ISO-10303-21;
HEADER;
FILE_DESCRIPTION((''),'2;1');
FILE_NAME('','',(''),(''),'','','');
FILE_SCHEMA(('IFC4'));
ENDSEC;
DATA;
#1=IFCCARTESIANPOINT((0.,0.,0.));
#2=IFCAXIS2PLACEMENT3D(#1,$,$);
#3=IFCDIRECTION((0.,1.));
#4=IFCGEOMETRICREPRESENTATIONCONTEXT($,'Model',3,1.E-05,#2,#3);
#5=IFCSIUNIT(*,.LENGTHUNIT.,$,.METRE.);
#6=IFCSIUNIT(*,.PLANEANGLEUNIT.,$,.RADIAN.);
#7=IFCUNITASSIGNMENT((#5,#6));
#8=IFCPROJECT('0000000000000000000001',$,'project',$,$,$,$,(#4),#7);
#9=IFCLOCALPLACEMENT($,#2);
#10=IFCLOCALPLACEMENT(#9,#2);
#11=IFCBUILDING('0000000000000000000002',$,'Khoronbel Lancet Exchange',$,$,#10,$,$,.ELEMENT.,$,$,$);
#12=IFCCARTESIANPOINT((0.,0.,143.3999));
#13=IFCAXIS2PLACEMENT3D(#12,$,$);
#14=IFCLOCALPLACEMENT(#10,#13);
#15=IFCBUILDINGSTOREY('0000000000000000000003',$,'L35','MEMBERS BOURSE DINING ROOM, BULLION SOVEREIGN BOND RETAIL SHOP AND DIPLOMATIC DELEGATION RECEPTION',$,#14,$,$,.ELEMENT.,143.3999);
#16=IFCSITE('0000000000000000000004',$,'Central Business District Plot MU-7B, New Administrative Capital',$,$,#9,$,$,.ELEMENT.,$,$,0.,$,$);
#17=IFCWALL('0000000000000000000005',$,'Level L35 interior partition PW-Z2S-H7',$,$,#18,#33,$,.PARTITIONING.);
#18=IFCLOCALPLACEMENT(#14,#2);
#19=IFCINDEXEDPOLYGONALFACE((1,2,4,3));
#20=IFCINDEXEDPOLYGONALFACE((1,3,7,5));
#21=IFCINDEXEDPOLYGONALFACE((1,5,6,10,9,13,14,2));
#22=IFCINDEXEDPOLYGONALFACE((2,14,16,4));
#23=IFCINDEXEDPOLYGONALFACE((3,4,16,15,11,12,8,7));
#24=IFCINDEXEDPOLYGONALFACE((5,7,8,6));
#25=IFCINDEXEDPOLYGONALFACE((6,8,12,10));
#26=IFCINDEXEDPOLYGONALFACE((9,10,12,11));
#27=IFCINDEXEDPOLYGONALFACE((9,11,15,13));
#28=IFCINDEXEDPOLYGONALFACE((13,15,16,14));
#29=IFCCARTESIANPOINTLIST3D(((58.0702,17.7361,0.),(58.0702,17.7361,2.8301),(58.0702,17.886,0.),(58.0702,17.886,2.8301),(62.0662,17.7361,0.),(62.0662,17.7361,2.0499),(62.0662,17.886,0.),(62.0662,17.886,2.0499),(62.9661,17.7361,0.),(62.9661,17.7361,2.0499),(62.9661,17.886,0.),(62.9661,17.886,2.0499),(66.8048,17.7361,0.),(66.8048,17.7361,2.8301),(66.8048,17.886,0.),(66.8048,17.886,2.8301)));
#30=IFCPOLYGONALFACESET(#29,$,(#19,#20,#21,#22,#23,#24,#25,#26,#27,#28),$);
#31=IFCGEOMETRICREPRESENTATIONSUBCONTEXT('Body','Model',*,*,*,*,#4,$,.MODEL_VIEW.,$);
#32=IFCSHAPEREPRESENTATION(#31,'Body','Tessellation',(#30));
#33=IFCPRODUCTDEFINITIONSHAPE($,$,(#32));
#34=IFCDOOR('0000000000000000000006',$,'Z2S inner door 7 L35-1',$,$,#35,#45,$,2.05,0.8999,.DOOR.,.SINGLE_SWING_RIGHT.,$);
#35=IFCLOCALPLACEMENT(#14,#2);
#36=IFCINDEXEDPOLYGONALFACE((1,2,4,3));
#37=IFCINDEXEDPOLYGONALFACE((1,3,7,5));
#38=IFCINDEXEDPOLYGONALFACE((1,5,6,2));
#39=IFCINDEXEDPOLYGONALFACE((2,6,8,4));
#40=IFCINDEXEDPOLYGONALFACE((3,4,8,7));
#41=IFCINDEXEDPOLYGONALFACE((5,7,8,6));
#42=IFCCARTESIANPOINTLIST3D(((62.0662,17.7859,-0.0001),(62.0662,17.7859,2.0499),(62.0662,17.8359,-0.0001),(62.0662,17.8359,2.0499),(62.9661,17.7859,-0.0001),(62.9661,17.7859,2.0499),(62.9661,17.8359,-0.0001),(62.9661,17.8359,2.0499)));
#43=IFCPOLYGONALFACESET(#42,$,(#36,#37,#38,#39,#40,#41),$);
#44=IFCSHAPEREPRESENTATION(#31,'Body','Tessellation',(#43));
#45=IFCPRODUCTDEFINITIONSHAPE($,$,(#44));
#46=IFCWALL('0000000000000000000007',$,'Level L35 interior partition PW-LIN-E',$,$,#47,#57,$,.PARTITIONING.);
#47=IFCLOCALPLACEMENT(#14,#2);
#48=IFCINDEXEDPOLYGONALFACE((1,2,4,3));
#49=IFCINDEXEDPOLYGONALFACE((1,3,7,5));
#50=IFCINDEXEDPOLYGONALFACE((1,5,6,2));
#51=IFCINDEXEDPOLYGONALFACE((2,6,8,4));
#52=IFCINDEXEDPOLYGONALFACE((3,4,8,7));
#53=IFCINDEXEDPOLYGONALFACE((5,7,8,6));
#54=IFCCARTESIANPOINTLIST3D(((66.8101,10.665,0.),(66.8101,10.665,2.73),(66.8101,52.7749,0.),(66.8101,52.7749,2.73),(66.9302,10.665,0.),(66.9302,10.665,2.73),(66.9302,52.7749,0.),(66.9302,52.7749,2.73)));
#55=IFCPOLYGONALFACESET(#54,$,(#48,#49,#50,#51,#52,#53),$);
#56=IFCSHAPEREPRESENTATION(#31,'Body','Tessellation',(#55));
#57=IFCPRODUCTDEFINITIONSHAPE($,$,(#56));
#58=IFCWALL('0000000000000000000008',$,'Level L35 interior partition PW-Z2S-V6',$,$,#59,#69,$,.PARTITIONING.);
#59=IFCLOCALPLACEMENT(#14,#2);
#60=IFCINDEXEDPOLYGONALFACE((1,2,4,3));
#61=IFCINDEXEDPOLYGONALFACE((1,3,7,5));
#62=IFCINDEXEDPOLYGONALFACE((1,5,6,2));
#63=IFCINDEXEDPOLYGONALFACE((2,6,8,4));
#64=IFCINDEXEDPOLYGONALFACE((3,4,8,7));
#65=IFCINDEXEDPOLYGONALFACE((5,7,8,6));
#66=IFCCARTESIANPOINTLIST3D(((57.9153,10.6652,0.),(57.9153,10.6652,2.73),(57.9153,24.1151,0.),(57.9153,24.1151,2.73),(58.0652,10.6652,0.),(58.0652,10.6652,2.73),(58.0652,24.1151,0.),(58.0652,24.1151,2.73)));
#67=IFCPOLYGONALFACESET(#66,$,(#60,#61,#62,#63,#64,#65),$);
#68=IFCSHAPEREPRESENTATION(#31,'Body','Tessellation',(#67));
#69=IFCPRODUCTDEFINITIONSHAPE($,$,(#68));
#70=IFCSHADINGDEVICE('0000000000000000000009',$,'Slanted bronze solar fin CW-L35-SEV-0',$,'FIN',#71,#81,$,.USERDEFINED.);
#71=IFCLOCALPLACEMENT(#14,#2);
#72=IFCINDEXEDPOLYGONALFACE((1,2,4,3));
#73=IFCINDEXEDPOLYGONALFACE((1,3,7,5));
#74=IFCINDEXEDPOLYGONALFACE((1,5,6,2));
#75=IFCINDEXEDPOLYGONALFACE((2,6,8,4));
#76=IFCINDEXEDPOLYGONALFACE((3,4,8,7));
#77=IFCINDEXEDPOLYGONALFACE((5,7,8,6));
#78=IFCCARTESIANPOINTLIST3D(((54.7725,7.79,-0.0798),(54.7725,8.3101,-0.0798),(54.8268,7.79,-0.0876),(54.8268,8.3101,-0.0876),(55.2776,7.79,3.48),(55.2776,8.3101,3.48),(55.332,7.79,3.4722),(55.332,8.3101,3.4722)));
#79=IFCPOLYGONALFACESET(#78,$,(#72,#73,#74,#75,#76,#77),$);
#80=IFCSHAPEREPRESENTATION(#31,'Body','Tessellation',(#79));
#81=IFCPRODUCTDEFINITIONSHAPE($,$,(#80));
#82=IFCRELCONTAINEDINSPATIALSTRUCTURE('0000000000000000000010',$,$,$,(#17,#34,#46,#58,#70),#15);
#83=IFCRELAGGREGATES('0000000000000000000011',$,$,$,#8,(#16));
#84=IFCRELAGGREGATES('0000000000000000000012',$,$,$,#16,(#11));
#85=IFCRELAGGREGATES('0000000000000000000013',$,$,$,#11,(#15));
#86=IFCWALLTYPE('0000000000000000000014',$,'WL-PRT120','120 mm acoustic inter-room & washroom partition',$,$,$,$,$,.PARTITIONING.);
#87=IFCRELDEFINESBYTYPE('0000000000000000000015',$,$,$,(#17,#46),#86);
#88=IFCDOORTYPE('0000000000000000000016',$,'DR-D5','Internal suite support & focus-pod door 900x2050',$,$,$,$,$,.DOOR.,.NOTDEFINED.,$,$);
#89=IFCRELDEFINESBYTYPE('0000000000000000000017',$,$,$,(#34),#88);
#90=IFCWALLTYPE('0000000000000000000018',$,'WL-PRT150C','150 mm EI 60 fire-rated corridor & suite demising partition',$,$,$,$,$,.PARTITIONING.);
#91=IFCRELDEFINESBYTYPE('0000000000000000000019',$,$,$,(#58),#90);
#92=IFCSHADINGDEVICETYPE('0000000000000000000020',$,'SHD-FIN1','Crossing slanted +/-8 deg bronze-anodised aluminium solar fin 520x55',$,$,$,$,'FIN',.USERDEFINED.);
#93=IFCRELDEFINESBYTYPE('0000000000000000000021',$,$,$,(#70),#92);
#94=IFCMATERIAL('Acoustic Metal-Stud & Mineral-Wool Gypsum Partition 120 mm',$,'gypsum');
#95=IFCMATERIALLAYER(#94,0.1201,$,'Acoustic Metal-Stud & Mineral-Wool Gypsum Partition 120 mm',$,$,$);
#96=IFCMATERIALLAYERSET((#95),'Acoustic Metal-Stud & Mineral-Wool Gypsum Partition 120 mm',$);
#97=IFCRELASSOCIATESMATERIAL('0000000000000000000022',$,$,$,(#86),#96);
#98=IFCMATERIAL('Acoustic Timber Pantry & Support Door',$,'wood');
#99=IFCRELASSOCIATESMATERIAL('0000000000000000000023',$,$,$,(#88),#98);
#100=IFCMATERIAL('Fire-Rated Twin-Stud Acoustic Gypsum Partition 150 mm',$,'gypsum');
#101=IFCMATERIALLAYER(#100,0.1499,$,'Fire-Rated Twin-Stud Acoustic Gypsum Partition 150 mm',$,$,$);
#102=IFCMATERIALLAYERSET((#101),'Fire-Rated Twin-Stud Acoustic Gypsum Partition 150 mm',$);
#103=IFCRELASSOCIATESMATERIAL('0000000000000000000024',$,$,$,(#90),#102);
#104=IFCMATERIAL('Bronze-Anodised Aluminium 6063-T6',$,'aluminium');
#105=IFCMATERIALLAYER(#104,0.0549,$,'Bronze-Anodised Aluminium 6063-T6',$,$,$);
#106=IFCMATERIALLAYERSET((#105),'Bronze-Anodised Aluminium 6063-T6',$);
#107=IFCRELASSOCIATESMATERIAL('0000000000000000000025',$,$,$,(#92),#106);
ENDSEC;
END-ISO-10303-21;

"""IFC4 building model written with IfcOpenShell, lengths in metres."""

from ifc_helpers import new_model, si_unit, direction, frame, frame_2d, origin, place, context, subcontext, project, spatial, polyline, rectangle, outline, extrude, material, layer, layer_set, type_object, element, fill, save


model = new_model("IFC4")

# Units and contexts
model_context = context("Model", 3, precision=1e-05, world=origin(), true_north=direction((0.0, 1.0)))
body_context = subcontext(model_context, "Body", "Model", "MODEL_VIEW")
ifc_project = project(units=[si_unit("LENGTHUNIT", "METRE"), si_unit("PLANEANGLEUNIT", "RADIAN")], contexts=[model_context])

# Site, building, storey
site_placement = place(None, origin())
site = spatial("IfcSite", under=ifc_project, at=site_placement, Name="Central Business District Plot MU-7B, New Administrative Capital", CompositionType="ELEMENT", RefElevation=0.0)
building_placement = place(site_placement, origin())
building = spatial("IfcBuilding", under=site, at=building_placement, Name="Khoronbel Lancet Exchange", CompositionType="ELEMENT")
storey_placement = place(building_placement, frame((0.0, 0.0, 143.3999)))
storey = spatial("IfcBuildingStorey", under=building, at=storey_placement, Name="L35", Description="MEMBERS BOURSE DINING ROOM, BULLION SOVEREIGN BOND RETAIL SHOP AND DIPLOMATIC DELEGATION RECEPTION", CompositionType="ELEMENT", Elevation=143.3999)

# Shared definitions
ifc_material_1 = material(Name="Bronze-Anodised Aluminium 6063-T6", Category="aluminium")

# Wall, opening, door
ifc_material_2 = material(Name="Acoustic Metal-Stud & Mineral-Wool Gypsum Partition 120 mm", Category="gypsum")
ifc_layer_1 = layer(ifc_material_2, 0.1201, Name="Acoustic Metal-Stud & Mineral-Wool Gypsum Partition 120 mm")
ifc_layer_set_1 = layer_set([ifc_layer_1], Name="Acoustic Metal-Stud & Mineral-Wool Gypsum Partition 120 mm")
wall_type_1 = type_object("IfcWallType", Name="WL-PRT120", Description="120 mm acoustic inter-room & washroom partition", PredefinedType="PARTITIONING", material=ifc_layer_set_1)
wall_1_placement = place(storey_placement, frame((58.0703, 17.811, 0.0), z_axis=(0.0, 0.0, 1.0), x_axis=(1.0, 0.0, 0.0)))
wall_1 = element("IfcWall", 1, at=wall_1_placement, inside=storey, type_object=wall_type_1, Name="Level L35 interior partition PW-Z2S-H7", PredefinedType="PARTITIONING", context=body_context, shape_type="SweptSolid", body=[
    extrude(rectangle(XDim=8.7346, YDim=0.1499, at=frame_2d((4.3672, 0.0))), origin(), (0.0, 0.0, 1.0), 2.8301),
])
opening_placement = place(wall_1_placement, frame((3.9958, 0.0, 0.0)))
opening = element("IfcOpeningElement", 2, at=opening_placement, cuts=wall_1, PredefinedType="OPENING", context=body_context, shape_type="SweptSolid", body=[
    extrude(rectangle(XDim=0.8999, YDim=2.05, at=frame_2d((0.45, 1.0249))), frame((0.0, 0.085, 0.0), z_axis=(0.0, -1.0, 0.0), x_axis=(1.0, 0.0, 0.0)), (0.0, 0.0, 1.0), 0.1699),
])
ifc_material_3 = material(Name="Acoustic Timber Pantry & Support Door", Category="wood")
door_type = type_object("IfcDoorType", Name="DR-D5", Description="Internal suite support & focus-pod door 900x2050", OperationType="NOTDEFINED", PredefinedType="DOOR", material=ifc_material_3)
door_placement = place(opening_placement, origin())
door = element("IfcDoor", 3, at=door_placement, inside=storey, type_object=door_type, Name="Z2S inner door 7 L35-1", OperationType="SINGLE_SWING_RIGHT", OverallHeight=2.05, OverallWidth=0.8999, PredefinedType="DOOR", context=body_context, shape_type="SweptSolid", body=[
    extrude(rectangle(XDim=0.8999, YDim=2.05, at=frame_2d((0.45, 1.0249))), frame((0.0, 0.0249, 0.0), z_axis=(0.0, -1.0, 0.0), x_axis=(1.0, 0.0, 0.0)), (0.0, 0.0, 1.0), 0.05),
])
fill(opening, door)

# Walls
wall_2_placement = place(storey_placement, frame((66.8701, 10.665, 0.0), z_axis=(0.0, 0.0, 1.0), x_axis=(0.0, 1.0, 0.0)))
element("IfcWall", 4, at=wall_2_placement, inside=storey, type_object=wall_type_1, Name="Level L35 interior partition PW-LIN-E", PredefinedType="PARTITIONING", context=body_context, shape_type="SweptSolid", body=[
    extrude(rectangle(XDim=42.1099, YDim=0.1201, at=frame_2d((21.0549, 0.0))), origin(), (0.0, 0.0, 1.0), 2.73),
])
ifc_material_4 = material(Name="Fire-Rated Twin-Stud Acoustic Gypsum Partition 150 mm", Category="gypsum")
ifc_layer_2 = layer(ifc_material_4, 0.1499, Name="Fire-Rated Twin-Stud Acoustic Gypsum Partition 150 mm")
ifc_layer_set_2 = layer_set([ifc_layer_2], Name="Fire-Rated Twin-Stud Acoustic Gypsum Partition 150 mm")
wall_type_2 = type_object("IfcWallType", Name="WL-PRT150C", Description="150 mm EI 60 fire-rated corridor & suite demising partition", PredefinedType="PARTITIONING", material=ifc_layer_set_2)
wall_3_placement = place(storey_placement, frame((57.9902, 10.665, 0.0), z_axis=(0.0, 0.0, 1.0), x_axis=(0.0, 1.0, 0.0)))
element("IfcWall", 5, at=wall_3_placement, inside=storey, type_object=wall_type_2, Name="Level L35 interior partition PW-Z2S-V6", PredefinedType="PARTITIONING", context=body_context, shape_type="SweptSolid", body=[
    extrude(rectangle(XDim=13.45, YDim=0.1499, at=frame_2d((6.7251, 0.0))), origin(), (0.0, 0.0, 1.0), 2.73),
])

# Shading device
ifc_layer_3 = layer(ifc_material_1, 0.0549, Name="Bronze-Anodised Aluminium 6063-T6")
ifc_layer_set_3 = layer_set([ifc_layer_3], Name="Bronze-Anodised Aluminium 6063-T6")
shading_device_type = type_object("IfcShadingDeviceType", Name="SHD-FIN1", Description="Crossing slanted +/-8 deg bronze-anodised aluminium solar fin 520x55", ElementType="FIN", PredefinedType="USERDEFINED", material=ifc_layer_set_3)
shading_device_placement = place(storey_placement, frame((54.7725, 8.3101, -0.0798), z_axis=(-0.990082, 0.0, 0.14049), x_axis=(0.0, -1.0, 0.0)))
element("IfcShadingDevice", 6, at=shading_device_placement, inside=storey, type_object=shading_device_type, Name="Slanted bronze solar fin CW-L35-SEV-0", ObjectType="FIN", PredefinedType="USERDEFINED", context=body_context, shape_type="SweptSolid", body=[
    extrude(outline(polyline([(0.0, 0.0), (0.52, 0.0), (0.52, 3.5955), (0.0, 3.5955), (0.0, 0.0)])), origin(), (0.0, 0.0, -1.0), 0.0549),
])

save(model, "model.ifc")
